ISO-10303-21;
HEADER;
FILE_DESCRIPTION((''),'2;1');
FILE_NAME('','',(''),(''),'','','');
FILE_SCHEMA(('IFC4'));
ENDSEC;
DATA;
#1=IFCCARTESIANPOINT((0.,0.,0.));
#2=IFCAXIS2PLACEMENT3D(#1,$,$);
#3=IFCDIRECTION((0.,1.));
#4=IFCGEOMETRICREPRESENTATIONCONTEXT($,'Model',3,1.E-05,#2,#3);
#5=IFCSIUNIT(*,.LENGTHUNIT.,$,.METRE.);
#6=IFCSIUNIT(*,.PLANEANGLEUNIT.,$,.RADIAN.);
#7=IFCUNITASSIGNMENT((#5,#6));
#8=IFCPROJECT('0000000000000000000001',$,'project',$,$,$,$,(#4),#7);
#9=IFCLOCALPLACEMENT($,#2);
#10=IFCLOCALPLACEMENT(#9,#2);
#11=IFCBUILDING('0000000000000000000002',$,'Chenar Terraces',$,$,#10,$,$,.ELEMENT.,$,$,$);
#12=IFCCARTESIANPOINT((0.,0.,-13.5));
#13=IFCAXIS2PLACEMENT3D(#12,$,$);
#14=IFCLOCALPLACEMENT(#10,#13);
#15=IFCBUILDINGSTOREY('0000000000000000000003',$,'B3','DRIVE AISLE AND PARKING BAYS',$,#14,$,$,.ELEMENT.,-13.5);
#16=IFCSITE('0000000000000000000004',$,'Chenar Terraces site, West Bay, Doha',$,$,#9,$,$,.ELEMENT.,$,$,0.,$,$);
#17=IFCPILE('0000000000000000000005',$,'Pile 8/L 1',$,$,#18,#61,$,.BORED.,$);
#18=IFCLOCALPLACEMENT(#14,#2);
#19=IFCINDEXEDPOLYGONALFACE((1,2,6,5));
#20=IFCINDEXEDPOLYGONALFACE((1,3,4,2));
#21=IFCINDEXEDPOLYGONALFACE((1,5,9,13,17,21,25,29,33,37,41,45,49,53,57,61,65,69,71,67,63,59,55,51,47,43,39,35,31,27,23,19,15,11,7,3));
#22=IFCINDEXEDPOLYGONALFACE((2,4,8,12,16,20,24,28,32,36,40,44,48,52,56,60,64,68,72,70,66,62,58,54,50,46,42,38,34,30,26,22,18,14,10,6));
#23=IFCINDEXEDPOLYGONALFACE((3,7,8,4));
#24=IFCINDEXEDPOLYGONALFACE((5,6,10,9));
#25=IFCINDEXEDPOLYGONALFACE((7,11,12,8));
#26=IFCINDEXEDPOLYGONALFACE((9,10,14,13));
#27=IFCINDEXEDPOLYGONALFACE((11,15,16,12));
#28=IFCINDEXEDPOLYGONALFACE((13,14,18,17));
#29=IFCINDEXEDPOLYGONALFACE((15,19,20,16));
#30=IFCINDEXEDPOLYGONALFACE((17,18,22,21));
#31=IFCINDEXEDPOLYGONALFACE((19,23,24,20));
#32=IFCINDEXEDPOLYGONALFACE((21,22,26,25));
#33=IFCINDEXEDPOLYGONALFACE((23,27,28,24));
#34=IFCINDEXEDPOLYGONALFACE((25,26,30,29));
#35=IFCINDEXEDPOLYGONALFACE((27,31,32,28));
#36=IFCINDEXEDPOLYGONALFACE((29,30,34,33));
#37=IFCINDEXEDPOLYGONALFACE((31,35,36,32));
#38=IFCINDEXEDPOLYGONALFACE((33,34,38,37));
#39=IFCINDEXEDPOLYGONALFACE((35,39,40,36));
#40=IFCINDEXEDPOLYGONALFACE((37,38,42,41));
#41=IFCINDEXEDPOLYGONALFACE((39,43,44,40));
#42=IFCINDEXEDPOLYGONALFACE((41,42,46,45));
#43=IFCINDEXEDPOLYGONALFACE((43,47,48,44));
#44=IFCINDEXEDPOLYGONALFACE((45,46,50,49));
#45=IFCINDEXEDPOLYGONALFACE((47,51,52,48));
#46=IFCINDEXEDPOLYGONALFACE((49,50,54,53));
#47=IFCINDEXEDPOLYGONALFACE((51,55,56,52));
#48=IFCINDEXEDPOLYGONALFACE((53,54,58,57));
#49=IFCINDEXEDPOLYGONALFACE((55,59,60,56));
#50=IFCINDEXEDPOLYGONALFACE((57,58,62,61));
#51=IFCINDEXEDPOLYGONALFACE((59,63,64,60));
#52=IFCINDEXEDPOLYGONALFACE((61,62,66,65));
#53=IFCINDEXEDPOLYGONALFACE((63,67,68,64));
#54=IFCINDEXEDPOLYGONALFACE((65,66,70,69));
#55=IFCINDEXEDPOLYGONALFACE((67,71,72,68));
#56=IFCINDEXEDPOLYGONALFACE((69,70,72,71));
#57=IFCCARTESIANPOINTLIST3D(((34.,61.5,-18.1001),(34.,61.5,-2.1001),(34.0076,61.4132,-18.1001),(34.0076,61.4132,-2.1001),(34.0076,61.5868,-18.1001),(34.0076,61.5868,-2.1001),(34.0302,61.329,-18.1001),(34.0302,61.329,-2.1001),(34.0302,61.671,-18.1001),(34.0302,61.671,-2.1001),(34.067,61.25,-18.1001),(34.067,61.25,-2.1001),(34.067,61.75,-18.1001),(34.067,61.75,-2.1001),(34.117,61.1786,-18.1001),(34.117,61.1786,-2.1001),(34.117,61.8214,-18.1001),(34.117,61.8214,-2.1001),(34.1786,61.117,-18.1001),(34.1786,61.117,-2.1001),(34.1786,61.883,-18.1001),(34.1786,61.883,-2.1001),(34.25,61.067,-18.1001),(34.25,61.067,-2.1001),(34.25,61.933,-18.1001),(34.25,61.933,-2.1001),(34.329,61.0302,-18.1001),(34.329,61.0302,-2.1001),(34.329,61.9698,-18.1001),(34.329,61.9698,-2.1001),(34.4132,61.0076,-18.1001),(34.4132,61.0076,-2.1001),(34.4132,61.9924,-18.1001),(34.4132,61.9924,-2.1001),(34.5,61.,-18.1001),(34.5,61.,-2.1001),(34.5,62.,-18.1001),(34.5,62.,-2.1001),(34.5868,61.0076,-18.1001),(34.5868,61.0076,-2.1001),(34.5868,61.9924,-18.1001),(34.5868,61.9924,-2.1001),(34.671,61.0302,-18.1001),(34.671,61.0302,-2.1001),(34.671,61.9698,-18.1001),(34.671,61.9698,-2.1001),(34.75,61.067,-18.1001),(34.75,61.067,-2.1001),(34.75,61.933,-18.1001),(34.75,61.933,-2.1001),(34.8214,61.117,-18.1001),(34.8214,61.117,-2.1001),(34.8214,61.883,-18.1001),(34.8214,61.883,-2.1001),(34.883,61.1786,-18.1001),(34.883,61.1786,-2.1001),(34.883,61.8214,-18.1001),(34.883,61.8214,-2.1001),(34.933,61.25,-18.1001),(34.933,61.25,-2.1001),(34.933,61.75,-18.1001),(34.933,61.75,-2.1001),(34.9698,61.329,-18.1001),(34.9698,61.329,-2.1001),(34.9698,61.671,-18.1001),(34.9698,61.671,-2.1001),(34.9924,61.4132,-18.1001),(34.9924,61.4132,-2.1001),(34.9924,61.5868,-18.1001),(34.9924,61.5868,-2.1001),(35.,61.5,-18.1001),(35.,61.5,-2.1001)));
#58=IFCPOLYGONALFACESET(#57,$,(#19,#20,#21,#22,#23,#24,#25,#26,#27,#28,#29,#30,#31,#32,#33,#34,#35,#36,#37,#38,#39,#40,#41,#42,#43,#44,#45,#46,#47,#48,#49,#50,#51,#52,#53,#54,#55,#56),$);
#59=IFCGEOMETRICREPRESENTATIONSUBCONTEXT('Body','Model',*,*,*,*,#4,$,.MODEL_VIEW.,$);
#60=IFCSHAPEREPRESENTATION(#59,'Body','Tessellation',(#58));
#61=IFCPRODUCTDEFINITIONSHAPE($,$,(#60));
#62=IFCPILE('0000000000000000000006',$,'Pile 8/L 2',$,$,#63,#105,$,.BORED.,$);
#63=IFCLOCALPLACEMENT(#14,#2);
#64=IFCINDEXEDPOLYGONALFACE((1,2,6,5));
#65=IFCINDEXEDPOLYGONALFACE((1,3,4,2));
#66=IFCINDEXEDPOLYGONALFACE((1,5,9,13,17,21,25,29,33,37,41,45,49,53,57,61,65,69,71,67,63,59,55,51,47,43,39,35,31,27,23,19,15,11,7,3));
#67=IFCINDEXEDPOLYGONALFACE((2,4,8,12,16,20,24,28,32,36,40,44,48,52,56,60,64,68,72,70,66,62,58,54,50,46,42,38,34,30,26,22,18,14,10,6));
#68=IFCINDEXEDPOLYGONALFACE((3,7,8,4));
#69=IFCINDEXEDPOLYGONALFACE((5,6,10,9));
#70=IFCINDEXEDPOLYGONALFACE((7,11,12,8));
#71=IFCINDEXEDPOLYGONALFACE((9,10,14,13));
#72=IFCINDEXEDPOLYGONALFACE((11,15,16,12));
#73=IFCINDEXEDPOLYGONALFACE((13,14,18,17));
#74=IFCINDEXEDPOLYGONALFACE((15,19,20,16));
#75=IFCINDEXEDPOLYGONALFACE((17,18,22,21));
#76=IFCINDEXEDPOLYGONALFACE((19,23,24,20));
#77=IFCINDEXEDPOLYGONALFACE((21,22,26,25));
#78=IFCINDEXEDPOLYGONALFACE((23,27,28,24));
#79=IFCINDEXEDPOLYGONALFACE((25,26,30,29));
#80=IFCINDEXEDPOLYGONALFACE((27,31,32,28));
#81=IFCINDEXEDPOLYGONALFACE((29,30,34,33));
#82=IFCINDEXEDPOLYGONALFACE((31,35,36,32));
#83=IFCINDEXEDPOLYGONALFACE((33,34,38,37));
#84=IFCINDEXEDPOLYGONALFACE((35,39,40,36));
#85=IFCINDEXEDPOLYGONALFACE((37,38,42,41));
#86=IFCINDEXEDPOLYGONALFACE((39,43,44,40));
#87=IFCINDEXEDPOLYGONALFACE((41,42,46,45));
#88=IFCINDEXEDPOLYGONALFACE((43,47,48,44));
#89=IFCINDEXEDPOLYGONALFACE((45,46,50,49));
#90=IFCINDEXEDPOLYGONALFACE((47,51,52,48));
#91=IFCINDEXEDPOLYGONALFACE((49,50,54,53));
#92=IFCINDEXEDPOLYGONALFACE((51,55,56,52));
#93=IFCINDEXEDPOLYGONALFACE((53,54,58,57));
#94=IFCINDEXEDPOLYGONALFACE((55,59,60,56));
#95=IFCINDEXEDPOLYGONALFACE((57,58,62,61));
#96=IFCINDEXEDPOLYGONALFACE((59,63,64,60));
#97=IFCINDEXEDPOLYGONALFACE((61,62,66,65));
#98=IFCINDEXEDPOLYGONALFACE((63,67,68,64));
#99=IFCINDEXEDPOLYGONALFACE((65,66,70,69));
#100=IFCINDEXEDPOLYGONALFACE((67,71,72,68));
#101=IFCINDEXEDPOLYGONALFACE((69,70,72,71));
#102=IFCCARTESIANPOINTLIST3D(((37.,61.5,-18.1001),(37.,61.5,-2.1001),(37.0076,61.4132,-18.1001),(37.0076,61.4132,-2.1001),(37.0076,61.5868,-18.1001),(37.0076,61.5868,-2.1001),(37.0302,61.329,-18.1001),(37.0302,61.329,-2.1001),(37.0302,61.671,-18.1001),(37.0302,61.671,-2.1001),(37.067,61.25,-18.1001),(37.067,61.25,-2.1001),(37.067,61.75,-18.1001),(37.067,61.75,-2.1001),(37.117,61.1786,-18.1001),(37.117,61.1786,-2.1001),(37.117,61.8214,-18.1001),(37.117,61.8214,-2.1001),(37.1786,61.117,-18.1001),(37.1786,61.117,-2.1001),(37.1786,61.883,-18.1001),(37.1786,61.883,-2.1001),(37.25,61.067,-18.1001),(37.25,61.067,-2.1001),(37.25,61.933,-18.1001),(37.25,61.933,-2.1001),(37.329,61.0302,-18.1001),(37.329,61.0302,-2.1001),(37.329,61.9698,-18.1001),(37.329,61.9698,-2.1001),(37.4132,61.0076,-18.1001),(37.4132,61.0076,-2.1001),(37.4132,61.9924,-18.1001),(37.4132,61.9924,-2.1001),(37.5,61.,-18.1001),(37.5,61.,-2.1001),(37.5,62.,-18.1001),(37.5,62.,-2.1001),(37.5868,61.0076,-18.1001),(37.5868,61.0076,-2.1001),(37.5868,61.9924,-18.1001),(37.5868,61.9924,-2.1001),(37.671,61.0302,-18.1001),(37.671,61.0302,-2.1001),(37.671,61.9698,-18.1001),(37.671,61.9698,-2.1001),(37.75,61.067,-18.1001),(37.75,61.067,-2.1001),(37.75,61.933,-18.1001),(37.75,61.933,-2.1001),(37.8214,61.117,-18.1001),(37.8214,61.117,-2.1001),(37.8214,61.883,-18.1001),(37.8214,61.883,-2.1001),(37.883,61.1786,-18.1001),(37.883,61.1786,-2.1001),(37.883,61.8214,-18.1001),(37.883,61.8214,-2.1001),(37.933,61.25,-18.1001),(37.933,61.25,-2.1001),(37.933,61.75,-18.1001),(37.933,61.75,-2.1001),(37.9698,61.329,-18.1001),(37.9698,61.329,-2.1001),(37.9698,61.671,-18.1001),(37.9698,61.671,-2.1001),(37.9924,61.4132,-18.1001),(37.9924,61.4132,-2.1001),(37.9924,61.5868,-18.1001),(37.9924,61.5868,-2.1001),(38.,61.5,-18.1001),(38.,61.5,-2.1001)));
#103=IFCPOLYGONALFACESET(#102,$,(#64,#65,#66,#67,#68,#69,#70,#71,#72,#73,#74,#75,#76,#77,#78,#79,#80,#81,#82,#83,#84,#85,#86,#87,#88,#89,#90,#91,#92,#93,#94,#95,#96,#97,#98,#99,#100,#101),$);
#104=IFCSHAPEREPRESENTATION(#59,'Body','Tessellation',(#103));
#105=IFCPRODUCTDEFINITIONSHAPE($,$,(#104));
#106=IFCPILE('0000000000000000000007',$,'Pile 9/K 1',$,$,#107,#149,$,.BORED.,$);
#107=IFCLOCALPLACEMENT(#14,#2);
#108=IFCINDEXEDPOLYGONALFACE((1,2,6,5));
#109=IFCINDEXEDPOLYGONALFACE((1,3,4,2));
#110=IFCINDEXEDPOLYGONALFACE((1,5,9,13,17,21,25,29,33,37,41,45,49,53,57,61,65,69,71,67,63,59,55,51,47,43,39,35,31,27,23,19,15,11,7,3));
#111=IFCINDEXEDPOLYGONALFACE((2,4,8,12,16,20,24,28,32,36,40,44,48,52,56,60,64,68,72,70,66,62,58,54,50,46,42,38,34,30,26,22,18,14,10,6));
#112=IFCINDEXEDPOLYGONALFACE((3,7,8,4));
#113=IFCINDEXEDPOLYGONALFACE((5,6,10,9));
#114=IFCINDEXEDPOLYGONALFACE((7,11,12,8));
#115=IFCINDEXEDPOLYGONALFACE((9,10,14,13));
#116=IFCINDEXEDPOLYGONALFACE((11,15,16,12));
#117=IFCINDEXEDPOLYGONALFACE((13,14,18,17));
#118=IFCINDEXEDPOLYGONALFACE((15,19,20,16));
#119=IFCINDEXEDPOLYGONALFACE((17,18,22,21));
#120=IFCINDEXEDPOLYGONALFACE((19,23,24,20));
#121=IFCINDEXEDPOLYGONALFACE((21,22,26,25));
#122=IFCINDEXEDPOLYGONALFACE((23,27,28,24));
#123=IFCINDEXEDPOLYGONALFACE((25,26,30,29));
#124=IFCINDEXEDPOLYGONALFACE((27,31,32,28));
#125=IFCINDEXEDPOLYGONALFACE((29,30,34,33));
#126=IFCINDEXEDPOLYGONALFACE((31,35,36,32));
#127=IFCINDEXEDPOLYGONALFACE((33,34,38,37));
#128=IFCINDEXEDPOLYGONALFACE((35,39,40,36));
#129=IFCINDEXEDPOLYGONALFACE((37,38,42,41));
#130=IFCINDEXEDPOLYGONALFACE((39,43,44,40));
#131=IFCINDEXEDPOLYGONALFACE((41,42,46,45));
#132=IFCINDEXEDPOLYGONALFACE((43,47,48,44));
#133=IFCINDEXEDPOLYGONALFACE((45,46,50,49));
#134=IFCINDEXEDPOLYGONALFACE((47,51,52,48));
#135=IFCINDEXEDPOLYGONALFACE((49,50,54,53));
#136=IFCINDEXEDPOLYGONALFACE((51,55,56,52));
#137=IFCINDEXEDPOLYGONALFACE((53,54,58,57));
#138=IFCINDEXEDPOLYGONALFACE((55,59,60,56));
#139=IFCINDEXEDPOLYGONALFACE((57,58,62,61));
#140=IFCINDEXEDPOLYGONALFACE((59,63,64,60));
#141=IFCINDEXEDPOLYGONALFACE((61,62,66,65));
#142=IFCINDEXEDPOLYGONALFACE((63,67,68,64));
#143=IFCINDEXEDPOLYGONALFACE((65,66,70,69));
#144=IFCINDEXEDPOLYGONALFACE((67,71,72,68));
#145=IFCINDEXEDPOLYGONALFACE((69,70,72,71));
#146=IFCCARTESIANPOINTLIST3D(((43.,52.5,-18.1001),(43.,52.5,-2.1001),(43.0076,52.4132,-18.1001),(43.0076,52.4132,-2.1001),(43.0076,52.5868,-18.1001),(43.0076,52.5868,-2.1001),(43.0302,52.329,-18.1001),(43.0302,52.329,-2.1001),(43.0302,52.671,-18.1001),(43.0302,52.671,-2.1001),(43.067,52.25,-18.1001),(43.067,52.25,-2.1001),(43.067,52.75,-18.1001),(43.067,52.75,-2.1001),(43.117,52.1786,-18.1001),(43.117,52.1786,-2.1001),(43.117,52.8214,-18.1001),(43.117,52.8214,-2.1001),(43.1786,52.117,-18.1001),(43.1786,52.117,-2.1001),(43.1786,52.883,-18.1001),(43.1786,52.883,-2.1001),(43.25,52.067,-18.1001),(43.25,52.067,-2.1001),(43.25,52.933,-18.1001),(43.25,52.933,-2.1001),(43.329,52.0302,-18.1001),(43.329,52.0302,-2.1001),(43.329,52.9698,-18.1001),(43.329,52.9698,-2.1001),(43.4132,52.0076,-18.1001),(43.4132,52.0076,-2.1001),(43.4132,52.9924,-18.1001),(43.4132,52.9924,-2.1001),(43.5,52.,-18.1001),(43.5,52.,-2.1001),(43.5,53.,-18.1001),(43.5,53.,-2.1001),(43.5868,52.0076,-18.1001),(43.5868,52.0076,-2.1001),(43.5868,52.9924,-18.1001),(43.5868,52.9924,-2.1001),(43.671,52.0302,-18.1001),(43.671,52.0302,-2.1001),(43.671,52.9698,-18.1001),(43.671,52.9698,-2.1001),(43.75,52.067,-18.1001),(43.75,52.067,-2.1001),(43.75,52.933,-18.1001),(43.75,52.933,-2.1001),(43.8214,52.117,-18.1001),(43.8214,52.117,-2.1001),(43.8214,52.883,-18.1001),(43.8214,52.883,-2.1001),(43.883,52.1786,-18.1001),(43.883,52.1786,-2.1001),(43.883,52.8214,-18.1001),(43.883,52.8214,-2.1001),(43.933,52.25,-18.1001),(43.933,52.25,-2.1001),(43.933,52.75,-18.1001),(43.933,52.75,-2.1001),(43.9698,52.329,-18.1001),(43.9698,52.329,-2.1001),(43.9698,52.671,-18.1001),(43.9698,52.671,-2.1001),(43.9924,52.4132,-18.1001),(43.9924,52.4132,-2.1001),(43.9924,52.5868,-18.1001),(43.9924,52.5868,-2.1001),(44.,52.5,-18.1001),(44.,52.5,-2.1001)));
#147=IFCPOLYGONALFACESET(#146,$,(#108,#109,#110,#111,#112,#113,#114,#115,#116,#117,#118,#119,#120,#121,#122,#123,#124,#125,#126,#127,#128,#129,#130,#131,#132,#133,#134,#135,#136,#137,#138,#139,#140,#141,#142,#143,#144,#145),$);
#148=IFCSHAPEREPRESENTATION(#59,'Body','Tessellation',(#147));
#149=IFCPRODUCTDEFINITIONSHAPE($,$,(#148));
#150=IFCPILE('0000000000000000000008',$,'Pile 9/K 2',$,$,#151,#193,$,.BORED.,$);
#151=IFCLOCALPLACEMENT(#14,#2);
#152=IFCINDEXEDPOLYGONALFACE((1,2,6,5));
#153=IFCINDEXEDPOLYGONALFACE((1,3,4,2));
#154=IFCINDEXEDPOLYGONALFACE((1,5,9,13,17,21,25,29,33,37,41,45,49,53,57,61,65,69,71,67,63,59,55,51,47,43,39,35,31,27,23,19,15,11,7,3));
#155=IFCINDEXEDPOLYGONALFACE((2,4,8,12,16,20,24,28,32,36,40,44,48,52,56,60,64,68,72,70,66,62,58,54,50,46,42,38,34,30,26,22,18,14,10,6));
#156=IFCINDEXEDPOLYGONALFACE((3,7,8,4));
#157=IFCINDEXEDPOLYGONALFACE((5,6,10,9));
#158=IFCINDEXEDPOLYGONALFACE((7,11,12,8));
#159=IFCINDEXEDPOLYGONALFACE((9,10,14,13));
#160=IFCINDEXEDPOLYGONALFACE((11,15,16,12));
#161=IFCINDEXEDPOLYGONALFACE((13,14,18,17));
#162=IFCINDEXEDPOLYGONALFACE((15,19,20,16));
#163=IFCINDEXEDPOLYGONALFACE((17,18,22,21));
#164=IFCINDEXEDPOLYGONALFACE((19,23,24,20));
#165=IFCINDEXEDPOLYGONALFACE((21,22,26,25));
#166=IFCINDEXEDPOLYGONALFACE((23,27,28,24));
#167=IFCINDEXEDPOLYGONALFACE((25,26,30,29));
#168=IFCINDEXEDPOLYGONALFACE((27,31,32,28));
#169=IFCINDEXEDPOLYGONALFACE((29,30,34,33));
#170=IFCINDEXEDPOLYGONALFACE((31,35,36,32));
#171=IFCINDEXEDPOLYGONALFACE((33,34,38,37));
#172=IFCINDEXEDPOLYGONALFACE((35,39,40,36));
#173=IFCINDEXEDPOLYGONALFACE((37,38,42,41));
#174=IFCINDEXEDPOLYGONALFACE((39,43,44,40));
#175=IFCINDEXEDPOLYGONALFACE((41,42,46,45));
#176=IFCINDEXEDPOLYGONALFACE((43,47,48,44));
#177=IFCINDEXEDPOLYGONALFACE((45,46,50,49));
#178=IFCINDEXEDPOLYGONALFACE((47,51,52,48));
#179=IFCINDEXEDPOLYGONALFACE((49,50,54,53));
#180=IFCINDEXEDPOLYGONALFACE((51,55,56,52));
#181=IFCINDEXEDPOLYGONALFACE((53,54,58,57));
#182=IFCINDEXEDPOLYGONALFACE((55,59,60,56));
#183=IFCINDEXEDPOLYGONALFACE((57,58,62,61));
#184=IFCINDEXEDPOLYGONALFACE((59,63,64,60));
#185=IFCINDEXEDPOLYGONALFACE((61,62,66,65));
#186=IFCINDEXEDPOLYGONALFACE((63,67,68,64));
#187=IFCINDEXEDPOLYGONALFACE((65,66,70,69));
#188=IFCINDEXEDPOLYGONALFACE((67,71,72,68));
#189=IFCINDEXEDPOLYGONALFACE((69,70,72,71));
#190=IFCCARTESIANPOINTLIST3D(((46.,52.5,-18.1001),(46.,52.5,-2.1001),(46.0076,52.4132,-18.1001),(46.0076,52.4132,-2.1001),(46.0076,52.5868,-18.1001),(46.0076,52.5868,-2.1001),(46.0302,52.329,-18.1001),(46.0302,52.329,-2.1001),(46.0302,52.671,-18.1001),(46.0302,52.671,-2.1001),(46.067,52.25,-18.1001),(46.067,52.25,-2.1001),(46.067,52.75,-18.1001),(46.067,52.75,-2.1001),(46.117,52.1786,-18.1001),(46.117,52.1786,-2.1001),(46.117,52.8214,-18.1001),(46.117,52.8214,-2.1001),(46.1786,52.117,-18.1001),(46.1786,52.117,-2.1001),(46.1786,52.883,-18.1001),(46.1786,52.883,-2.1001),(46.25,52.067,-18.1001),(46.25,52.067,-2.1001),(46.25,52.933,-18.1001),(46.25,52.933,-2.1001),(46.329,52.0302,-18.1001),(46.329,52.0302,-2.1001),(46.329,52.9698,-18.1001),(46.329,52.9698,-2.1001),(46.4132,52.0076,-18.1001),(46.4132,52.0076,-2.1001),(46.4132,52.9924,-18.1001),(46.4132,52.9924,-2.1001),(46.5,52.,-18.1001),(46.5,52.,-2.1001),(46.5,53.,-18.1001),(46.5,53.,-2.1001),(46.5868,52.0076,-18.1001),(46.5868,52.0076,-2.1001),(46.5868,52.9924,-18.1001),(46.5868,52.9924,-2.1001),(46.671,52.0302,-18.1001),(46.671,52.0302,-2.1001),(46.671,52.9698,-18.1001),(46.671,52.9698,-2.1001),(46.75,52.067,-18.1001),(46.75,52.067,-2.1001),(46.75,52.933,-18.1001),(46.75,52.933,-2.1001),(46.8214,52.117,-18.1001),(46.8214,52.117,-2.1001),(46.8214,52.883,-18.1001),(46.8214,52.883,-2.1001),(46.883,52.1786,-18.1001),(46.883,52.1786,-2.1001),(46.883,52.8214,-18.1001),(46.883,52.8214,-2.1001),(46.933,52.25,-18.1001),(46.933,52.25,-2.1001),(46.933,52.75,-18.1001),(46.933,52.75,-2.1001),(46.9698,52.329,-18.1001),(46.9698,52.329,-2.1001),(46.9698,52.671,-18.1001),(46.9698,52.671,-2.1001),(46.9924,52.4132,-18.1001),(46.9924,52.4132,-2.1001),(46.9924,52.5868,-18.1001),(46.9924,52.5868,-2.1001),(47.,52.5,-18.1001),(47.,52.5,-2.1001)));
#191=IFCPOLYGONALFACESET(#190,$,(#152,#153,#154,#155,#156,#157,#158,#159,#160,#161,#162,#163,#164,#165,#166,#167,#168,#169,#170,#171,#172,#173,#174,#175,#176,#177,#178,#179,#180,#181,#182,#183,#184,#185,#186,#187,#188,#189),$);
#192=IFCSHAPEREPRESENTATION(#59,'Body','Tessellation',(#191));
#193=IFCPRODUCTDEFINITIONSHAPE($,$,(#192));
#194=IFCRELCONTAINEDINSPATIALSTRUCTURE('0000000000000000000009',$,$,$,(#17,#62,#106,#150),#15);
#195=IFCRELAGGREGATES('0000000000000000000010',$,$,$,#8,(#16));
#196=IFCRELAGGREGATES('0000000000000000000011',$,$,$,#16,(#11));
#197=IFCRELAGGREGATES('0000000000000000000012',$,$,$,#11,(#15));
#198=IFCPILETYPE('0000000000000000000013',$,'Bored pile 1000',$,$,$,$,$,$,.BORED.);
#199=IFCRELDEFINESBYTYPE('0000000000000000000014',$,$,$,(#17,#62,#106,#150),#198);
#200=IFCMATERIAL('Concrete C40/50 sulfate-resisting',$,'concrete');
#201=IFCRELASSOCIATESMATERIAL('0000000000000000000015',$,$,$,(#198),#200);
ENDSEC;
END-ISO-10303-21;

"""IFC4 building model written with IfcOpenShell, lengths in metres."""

from ifc_helpers import new_model, si_unit, direction, frame, origin, origin_2d, place, context, subcontext, project, spatial, circle, extrude, material, material_profile, profile_set, type_object, element, save


model = new_model("IFC4")

# Units and contexts
model_context = context("Model", 3, precision=1e-05, world=origin(), true_north=direction((0.0, 1.0)))
body_context = subcontext(model_context, "Body", "Model", "MODEL_VIEW")
ifc_project = project(units=[si_unit("LENGTHUNIT", "METRE"), si_unit("PLANEANGLEUNIT", "RADIAN")], contexts=[model_context])

# Site, building, storey
site_placement = place(None, origin())
site = spatial("IfcSite", under=ifc_project, at=site_placement, Name="Chenar Terraces site, West Bay, Doha", CompositionType="ELEMENT", RefElevation=0.0)
building_placement = place(site_placement, origin())
building = spatial("IfcBuilding", under=site, at=building_placement, Name="Chenar Terraces", CompositionType="ELEMENT")
storey_placement = place(building_placement, frame((0.0, 0.0, -13.5)))
storey = spatial("IfcBuildingStorey", under=building, at=storey_placement, Name="B3", Description="DRIVE AISLE AND PARKING BAYS", CompositionType="ELEMENT", Elevation=-13.5)

# Piles
ifc_material_1 = material(Name="Concrete C40/50 sulfate-resisting", Category="concrete")
ifc_material_profile_1 = material_profile(ifc_material_1, circle(Radius=0.5, at=origin_2d()), Name="BP 1000")
ifc_profile_set_1 = profile_set([ifc_material_profile_1], Name="Concrete C40/50 sulfate-resisting")
pile_type_1 = type_object("IfcPileType", Name="Bored pile 1000", PredefinedType="BORED", material=ifc_profile_set_1)
for number, where, z_axis, x_axis, name in (
    (1, (34.5, 61.5, -2.1001), (0.0, 0.0, -1.0), (1.0, 0.0, 0.0), "Pile 8/L 1"),
    (2, (37.5, 61.5, -2.1001), (0.0, 0.0, -1.0), (1.0, 0.0, 0.0), "Pile 8/L 2"),
    (3, (43.5, 52.5, -2.1001), (0.0, 0.0, -1.0), (1.0, 0.0, 0.0), "Pile 9/K 1"),
    (4, (46.5, 52.5, -2.1001), (0.0, 0.0, -1.0), (1.0, 0.0, 0.0), "Pile 9/K 2"),
):
    element("IfcPile", number, at=place(storey_placement, frame(where, z_axis=z_axis, x_axis=x_axis)), inside=storey, type_object=pile_type_1, Name=name, PredefinedType="BORED", context=body_context, shape_type="SweptSolid", body=[
        extrude(circle(Radius=0.5, at=origin_2d()), origin(), (0.0, 0.0, 1.0), 16.0),
    ])

save(model, "model.ifc")
